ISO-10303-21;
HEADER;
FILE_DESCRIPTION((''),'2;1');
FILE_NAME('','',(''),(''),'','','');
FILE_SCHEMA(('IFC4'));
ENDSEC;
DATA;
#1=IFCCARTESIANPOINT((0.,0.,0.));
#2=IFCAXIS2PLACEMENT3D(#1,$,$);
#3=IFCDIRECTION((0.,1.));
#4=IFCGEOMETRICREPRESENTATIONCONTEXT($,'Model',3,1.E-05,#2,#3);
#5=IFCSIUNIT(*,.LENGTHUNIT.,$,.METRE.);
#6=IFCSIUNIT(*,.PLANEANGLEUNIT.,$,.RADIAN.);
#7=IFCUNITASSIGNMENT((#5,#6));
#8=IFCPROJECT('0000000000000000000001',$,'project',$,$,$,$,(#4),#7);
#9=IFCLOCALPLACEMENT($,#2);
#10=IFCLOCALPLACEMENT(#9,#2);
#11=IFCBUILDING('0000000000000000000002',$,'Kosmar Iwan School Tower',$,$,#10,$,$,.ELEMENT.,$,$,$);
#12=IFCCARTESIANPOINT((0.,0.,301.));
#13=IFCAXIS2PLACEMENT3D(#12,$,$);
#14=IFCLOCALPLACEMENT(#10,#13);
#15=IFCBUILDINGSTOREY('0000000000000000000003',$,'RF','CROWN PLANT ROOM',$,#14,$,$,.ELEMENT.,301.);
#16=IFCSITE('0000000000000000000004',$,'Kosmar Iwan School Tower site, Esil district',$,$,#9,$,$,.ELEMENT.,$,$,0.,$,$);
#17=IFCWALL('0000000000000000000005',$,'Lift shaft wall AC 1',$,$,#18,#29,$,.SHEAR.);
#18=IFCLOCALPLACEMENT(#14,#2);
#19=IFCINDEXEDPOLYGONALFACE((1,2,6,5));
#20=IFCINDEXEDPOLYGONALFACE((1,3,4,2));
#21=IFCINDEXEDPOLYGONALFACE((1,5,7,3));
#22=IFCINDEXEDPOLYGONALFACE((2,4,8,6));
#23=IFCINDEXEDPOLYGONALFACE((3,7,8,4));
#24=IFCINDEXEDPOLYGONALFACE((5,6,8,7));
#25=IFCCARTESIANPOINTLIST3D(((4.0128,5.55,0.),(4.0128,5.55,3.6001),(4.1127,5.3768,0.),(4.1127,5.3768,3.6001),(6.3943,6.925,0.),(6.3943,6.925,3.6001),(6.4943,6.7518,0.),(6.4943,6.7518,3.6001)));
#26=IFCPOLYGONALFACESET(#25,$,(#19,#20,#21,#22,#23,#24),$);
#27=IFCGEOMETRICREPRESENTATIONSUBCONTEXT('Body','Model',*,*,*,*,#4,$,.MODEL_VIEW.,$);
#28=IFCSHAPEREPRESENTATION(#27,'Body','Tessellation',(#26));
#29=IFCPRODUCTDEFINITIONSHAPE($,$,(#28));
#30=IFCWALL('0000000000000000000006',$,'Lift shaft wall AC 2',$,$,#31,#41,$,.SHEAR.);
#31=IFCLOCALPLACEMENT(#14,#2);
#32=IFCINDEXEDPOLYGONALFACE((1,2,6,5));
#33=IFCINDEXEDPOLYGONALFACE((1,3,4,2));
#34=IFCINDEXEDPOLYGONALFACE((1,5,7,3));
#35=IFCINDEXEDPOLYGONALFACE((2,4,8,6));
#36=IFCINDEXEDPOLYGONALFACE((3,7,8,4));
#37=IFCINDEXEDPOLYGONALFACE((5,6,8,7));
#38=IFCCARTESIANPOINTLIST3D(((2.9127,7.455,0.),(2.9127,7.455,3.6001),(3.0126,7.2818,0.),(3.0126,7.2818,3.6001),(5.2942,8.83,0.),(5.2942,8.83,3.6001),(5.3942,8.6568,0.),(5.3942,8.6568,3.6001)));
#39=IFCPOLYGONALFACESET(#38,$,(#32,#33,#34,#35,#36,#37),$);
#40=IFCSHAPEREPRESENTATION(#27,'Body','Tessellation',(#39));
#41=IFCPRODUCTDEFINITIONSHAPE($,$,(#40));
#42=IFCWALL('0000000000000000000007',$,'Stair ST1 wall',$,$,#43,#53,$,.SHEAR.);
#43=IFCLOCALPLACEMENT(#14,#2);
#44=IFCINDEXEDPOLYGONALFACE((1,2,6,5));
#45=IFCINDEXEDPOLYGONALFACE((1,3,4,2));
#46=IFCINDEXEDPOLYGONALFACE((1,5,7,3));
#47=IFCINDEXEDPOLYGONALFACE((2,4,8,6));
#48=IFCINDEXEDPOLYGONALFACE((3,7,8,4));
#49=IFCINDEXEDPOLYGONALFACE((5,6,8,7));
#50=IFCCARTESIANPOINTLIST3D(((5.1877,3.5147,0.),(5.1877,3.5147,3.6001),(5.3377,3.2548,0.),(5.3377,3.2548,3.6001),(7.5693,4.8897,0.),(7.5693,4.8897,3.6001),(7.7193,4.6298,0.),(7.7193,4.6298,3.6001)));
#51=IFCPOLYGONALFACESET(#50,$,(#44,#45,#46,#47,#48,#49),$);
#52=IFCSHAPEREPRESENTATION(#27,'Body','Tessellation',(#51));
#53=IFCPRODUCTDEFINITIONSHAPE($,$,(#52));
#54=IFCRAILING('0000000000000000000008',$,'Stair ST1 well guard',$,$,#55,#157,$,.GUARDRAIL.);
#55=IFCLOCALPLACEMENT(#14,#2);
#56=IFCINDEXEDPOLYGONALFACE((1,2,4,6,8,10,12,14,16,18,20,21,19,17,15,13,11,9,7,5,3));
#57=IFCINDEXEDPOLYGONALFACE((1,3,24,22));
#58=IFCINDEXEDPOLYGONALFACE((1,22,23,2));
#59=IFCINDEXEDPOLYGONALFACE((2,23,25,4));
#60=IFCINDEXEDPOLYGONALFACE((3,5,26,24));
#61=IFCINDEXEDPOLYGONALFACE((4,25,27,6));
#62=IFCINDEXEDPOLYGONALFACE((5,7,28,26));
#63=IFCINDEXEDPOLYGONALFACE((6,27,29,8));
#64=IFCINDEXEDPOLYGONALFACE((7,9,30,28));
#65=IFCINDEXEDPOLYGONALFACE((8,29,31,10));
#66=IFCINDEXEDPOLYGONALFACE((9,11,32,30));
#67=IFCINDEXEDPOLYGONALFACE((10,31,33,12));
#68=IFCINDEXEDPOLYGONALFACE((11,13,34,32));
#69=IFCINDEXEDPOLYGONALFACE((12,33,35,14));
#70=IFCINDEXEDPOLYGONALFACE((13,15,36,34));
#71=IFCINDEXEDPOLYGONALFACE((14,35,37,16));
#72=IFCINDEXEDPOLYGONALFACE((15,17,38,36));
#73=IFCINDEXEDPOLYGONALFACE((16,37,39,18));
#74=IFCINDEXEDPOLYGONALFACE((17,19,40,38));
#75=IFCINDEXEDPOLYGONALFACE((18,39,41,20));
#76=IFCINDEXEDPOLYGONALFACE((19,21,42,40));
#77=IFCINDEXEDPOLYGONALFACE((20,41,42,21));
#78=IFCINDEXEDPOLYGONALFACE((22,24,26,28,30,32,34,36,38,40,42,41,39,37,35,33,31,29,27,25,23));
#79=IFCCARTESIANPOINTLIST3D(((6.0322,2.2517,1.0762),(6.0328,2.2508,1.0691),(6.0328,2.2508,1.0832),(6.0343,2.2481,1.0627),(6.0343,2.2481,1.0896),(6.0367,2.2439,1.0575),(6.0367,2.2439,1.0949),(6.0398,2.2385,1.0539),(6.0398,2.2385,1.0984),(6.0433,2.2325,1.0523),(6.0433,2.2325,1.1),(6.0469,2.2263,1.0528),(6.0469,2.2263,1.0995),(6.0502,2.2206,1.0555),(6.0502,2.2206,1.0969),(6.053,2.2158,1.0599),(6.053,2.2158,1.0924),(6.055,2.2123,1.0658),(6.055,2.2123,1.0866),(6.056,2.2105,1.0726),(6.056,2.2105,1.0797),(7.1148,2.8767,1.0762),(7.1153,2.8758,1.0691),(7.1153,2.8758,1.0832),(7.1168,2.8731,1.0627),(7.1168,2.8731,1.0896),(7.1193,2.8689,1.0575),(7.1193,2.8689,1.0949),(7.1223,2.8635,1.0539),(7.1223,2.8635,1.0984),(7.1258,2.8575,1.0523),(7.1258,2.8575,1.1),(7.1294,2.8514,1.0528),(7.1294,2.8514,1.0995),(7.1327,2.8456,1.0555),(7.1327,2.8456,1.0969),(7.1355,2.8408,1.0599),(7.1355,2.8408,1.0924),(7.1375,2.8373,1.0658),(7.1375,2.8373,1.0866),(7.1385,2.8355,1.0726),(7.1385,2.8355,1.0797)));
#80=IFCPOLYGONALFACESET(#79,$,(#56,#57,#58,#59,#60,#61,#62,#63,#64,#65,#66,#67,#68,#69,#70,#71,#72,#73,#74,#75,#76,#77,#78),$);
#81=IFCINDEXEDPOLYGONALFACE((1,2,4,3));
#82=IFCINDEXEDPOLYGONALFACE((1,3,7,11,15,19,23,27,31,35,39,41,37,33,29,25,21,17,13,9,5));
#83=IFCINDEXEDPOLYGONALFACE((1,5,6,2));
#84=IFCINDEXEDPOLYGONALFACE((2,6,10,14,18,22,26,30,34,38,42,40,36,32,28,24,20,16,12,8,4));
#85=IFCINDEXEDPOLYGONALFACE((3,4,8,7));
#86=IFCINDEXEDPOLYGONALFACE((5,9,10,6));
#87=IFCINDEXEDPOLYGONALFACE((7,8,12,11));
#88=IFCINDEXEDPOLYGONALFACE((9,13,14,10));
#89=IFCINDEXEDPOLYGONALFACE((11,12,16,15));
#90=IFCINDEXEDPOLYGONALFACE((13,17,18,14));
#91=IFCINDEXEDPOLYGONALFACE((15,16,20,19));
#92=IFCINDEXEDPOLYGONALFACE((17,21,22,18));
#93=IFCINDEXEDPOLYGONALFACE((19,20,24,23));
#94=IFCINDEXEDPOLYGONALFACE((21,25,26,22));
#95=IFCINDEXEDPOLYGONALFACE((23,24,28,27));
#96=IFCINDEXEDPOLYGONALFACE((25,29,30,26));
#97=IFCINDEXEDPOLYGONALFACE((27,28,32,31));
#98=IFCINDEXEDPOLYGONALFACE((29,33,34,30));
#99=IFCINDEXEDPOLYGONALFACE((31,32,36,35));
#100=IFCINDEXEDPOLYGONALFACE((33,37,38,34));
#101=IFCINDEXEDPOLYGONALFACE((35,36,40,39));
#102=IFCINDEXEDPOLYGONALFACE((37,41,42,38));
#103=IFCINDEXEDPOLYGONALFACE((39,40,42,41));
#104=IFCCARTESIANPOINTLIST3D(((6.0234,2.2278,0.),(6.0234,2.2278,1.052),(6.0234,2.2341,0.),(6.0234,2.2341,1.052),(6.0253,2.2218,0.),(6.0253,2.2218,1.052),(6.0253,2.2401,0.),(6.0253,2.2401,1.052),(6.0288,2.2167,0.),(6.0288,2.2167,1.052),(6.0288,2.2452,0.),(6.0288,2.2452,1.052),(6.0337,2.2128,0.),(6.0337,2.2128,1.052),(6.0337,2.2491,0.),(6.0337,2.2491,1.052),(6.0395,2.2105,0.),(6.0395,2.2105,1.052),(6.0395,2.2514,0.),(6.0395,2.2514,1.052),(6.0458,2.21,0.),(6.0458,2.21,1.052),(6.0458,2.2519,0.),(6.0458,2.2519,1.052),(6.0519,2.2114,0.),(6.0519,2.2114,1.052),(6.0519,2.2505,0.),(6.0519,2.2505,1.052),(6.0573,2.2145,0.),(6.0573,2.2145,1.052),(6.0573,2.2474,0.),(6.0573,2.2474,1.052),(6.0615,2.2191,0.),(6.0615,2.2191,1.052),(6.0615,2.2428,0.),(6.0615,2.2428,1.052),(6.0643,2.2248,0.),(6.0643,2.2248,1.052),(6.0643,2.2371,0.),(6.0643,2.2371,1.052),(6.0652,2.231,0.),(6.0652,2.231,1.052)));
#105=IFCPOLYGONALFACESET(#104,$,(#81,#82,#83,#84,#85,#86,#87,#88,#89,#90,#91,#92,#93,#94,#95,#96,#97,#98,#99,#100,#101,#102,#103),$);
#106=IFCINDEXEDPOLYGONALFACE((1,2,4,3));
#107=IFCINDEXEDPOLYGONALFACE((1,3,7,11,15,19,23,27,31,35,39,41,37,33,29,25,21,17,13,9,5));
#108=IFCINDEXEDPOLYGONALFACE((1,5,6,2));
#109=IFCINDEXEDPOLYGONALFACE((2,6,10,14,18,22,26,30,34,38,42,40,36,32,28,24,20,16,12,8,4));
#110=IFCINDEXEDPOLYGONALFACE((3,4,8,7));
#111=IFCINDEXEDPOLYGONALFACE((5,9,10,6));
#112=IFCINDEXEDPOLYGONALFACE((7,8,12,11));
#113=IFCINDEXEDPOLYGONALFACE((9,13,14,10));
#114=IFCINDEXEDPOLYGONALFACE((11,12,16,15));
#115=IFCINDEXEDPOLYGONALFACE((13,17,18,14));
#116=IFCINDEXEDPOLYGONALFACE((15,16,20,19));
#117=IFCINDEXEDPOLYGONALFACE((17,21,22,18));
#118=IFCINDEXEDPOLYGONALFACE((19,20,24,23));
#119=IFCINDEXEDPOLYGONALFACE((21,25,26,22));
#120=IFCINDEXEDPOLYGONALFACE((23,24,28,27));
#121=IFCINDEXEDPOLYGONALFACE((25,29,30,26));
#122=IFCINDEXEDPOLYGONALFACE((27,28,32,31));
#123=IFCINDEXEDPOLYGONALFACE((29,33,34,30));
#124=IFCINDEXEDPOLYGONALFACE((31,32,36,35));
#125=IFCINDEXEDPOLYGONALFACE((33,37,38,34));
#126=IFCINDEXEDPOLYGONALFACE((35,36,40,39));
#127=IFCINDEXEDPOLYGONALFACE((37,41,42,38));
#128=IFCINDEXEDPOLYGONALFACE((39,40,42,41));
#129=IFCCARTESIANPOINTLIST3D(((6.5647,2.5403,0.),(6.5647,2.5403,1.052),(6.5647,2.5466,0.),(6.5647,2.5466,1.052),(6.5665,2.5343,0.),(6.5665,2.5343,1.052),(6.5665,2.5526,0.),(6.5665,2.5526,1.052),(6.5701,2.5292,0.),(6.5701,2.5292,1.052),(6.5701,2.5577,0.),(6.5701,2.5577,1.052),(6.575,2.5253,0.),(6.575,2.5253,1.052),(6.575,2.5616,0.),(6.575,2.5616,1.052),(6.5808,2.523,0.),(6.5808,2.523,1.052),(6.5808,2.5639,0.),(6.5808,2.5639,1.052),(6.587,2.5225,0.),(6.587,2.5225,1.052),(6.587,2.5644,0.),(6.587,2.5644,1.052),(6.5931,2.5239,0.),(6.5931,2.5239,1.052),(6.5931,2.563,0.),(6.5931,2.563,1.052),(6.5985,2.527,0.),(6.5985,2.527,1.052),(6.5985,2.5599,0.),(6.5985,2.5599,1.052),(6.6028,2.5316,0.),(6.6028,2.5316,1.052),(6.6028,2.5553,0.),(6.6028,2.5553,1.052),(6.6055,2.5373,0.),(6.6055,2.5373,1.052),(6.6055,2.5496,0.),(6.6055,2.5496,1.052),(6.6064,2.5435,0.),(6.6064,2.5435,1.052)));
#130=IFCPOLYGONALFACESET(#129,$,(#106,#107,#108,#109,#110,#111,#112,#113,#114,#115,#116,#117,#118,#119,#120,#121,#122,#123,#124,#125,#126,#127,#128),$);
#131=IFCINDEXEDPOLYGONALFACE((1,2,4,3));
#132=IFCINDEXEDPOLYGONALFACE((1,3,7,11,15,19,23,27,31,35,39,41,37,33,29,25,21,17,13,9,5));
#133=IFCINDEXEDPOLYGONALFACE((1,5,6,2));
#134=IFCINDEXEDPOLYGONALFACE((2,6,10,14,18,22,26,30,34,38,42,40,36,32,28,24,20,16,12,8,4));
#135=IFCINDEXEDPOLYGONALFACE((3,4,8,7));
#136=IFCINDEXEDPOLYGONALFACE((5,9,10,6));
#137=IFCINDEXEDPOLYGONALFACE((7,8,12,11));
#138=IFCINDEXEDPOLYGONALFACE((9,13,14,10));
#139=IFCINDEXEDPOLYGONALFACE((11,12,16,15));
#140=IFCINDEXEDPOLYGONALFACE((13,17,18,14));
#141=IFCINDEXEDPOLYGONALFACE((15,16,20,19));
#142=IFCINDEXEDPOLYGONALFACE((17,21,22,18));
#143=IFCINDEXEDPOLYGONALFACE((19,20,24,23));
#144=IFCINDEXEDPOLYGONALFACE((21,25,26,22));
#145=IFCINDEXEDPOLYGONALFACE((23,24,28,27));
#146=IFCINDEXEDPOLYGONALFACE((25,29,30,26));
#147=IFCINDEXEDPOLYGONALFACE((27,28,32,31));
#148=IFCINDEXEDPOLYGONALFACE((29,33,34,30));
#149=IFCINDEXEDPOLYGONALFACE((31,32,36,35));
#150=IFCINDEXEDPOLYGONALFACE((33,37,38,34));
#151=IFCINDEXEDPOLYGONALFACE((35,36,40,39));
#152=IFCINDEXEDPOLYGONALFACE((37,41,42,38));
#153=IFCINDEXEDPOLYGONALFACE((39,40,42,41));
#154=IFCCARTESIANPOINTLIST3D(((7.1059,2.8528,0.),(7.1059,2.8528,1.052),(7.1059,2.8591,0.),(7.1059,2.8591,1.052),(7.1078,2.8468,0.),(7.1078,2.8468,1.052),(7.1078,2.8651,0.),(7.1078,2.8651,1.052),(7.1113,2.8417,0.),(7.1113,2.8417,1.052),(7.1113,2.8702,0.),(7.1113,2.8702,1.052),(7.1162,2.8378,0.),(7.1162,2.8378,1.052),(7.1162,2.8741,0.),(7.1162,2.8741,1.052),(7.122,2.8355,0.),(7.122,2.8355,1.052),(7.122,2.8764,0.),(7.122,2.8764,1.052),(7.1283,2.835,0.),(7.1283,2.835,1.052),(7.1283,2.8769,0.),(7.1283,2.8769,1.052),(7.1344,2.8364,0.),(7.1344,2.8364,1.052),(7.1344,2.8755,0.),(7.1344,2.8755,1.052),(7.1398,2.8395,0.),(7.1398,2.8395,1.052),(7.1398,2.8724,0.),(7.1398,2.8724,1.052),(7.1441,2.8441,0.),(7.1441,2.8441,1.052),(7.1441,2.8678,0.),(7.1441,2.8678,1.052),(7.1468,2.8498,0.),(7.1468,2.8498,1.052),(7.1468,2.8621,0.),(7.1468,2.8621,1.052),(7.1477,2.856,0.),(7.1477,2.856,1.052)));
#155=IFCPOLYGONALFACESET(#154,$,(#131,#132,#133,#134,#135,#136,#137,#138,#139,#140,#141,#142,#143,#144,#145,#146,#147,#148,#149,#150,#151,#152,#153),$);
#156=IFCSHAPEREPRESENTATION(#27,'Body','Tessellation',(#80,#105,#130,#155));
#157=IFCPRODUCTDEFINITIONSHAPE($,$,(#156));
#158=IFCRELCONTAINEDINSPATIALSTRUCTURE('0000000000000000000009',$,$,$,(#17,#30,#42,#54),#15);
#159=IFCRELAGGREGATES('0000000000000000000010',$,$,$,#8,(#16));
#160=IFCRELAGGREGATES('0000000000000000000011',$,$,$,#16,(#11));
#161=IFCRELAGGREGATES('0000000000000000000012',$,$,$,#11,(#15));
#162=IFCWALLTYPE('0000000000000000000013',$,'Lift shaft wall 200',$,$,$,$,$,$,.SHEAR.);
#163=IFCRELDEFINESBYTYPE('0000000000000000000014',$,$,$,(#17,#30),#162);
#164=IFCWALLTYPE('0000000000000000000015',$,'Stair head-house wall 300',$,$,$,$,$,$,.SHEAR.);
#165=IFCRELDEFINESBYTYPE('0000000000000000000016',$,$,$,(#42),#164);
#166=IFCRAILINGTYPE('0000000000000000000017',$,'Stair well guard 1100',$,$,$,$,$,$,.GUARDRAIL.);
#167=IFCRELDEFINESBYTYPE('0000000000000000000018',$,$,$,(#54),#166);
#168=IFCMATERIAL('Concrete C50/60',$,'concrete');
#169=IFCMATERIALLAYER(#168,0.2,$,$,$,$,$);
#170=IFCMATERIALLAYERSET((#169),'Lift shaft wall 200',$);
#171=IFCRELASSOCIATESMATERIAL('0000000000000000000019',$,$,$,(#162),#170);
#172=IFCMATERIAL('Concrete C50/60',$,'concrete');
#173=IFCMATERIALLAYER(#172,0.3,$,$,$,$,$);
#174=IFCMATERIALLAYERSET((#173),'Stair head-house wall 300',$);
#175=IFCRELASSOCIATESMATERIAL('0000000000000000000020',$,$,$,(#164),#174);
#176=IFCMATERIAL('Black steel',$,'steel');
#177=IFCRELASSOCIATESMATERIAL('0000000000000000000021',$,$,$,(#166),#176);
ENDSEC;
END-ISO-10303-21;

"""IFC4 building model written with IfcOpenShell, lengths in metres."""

from ifc_helpers import new_model, si_unit, direction, frame, frame_2d, origin, origin_2d, place, context, subcontext, project, spatial, rectangle, circle, extrude, material, layer, layer_set, type_object, element, save


model = new_model("IFC4")

# Units and contexts
model_context = context("Model", 3, precision=1e-05, world=origin(), true_north=direction((0.0, 1.0)))
body_context = subcontext(model_context, "Body", "Model", "MODEL_VIEW")
ifc_project = project(units=[si_unit("LENGTHUNIT", "METRE"), si_unit("PLANEANGLEUNIT", "RADIAN")], contexts=[model_context])

# Site, building, storey
site_placement = place(None, origin())
site = spatial("IfcSite", under=ifc_project, at=site_placement, Name="Kosmar Iwan School Tower site, Esil district", CompositionType="ELEMENT", RefElevation=0.0)
building_placement = place(site_placement, origin())
building = spatial("IfcBuilding", under=site, at=building_placement, Name="Kosmar Iwan School Tower", CompositionType="ELEMENT")
storey_placement = place(building_placement, frame((0.0, 0.0, 301.0)))
storey = spatial("IfcBuildingStorey", under=building, at=storey_placement, Name="RF", Description="CROWN PLANT ROOM", CompositionType="ELEMENT", Elevation=301.0)

# Walls
ifc_material_1 = material(Name="Concrete C50/60", Category="concrete")
ifc_layer_1 = layer(ifc_material_1, 0.2)
ifc_layer_set_1 = layer_set([ifc_layer_1], Name="Lift shaft wall 200")
wall_type_1 = type_object("IfcWallType", Name="Lift shaft wall 200", PredefinedType="SHEAR", material=ifc_layer_set_1)
for number, where, z_axis, x_axis, name in (
    (1, (4.0627, 5.4634, 0.0), (0.0, 0.0, 1.0), (0.866027, 0.499997, 0.0), "Lift shaft wall AC 1"),
    (2, (2.9626, 7.3684, 0.0), (0.0, 0.0, 1.0), (0.866027, 0.499997, 0.0), "Lift shaft wall AC 2"),
):
    element("IfcWall", number, at=place(storey_placement, frame(where, z_axis=z_axis, x_axis=x_axis)), inside=storey, type_object=wall_type_1, Name=name, PredefinedType="SHEAR", context=body_context, shape_type="SweptSolid", body=[
        extrude(rectangle(XDim=2.75, YDim=0.2, at=frame_2d((1.375, 0.0))), origin(), (0.0, 0.0, 1.0), 3.6001),
    ])
ifc_material_2 = material(Name="Concrete C50/60", Category="concrete")
ifc_layer_2 = layer(ifc_material_2, 0.3)
ifc_layer_set_2 = layer_set([ifc_layer_2], Name="Stair head-house wall 300")
wall_type_2 = type_object("IfcWallType", Name="Stair head-house wall 300", PredefinedType="SHEAR", material=ifc_layer_set_2)
wall_1_placement = place(storey_placement, frame((5.2627, 3.3848, 0.0), z_axis=(0.0, 0.0, 1.0), x_axis=(0.866027, 0.499997, 0.0)))
element("IfcWall", 3, at=wall_1_placement, inside=storey, type_object=wall_type_2, Name="Stair ST1 wall", PredefinedType="SHEAR", context=body_context, shape_type="SweptSolid", body=[
    extrude(rectangle(XDim=2.75, YDim=0.3, at=frame_2d((1.375, 0.0))), origin(), (0.0, 0.0, 1.0), 3.6001),
])

# Railing
ifc_material_3 = material(Name="Black steel", Category="steel")
railing_type = type_object("IfcRailingType", Name="Stair well guard 1100", PredefinedType="GUARDRAIL", material=ifc_material_3)
railing_placement = place(storey_placement, frame((6.0442, 2.231, 0.0)))
element("IfcRailing", 4, at=railing_placement, inside=storey, type_object=railing_type, Name="Stair ST1 well guard", PredefinedType="GUARDRAIL", context=body_context, shape_type="SweptSolid", body=[
    extrude(circle(Radius=0.0239, at=origin_2d()), frame((0.0, 0.0, 1.0762), z_axis=(0.866023, 0.500004, 0.0), x_axis=(-0.500004, 0.866023, 0.0)), (0.0, 0.0, 1.0), 1.25),
    extrude(circle(Radius=0.021, at=origin_2d()), origin(), (0.0, 0.0, 1.0), 1.052),
    extrude(circle(Radius=0.021, at=origin_2d()), frame((0.5413, 0.3125, 0.0)), (0.0, 0.0, 1.0), 1.052),
    extrude(circle(Radius=0.021, at=origin_2d()), frame((1.0825, 0.625, 0.0)), (0.0, 0.0, 1.0), 1.052),
])

save(model, "model.ifc")
